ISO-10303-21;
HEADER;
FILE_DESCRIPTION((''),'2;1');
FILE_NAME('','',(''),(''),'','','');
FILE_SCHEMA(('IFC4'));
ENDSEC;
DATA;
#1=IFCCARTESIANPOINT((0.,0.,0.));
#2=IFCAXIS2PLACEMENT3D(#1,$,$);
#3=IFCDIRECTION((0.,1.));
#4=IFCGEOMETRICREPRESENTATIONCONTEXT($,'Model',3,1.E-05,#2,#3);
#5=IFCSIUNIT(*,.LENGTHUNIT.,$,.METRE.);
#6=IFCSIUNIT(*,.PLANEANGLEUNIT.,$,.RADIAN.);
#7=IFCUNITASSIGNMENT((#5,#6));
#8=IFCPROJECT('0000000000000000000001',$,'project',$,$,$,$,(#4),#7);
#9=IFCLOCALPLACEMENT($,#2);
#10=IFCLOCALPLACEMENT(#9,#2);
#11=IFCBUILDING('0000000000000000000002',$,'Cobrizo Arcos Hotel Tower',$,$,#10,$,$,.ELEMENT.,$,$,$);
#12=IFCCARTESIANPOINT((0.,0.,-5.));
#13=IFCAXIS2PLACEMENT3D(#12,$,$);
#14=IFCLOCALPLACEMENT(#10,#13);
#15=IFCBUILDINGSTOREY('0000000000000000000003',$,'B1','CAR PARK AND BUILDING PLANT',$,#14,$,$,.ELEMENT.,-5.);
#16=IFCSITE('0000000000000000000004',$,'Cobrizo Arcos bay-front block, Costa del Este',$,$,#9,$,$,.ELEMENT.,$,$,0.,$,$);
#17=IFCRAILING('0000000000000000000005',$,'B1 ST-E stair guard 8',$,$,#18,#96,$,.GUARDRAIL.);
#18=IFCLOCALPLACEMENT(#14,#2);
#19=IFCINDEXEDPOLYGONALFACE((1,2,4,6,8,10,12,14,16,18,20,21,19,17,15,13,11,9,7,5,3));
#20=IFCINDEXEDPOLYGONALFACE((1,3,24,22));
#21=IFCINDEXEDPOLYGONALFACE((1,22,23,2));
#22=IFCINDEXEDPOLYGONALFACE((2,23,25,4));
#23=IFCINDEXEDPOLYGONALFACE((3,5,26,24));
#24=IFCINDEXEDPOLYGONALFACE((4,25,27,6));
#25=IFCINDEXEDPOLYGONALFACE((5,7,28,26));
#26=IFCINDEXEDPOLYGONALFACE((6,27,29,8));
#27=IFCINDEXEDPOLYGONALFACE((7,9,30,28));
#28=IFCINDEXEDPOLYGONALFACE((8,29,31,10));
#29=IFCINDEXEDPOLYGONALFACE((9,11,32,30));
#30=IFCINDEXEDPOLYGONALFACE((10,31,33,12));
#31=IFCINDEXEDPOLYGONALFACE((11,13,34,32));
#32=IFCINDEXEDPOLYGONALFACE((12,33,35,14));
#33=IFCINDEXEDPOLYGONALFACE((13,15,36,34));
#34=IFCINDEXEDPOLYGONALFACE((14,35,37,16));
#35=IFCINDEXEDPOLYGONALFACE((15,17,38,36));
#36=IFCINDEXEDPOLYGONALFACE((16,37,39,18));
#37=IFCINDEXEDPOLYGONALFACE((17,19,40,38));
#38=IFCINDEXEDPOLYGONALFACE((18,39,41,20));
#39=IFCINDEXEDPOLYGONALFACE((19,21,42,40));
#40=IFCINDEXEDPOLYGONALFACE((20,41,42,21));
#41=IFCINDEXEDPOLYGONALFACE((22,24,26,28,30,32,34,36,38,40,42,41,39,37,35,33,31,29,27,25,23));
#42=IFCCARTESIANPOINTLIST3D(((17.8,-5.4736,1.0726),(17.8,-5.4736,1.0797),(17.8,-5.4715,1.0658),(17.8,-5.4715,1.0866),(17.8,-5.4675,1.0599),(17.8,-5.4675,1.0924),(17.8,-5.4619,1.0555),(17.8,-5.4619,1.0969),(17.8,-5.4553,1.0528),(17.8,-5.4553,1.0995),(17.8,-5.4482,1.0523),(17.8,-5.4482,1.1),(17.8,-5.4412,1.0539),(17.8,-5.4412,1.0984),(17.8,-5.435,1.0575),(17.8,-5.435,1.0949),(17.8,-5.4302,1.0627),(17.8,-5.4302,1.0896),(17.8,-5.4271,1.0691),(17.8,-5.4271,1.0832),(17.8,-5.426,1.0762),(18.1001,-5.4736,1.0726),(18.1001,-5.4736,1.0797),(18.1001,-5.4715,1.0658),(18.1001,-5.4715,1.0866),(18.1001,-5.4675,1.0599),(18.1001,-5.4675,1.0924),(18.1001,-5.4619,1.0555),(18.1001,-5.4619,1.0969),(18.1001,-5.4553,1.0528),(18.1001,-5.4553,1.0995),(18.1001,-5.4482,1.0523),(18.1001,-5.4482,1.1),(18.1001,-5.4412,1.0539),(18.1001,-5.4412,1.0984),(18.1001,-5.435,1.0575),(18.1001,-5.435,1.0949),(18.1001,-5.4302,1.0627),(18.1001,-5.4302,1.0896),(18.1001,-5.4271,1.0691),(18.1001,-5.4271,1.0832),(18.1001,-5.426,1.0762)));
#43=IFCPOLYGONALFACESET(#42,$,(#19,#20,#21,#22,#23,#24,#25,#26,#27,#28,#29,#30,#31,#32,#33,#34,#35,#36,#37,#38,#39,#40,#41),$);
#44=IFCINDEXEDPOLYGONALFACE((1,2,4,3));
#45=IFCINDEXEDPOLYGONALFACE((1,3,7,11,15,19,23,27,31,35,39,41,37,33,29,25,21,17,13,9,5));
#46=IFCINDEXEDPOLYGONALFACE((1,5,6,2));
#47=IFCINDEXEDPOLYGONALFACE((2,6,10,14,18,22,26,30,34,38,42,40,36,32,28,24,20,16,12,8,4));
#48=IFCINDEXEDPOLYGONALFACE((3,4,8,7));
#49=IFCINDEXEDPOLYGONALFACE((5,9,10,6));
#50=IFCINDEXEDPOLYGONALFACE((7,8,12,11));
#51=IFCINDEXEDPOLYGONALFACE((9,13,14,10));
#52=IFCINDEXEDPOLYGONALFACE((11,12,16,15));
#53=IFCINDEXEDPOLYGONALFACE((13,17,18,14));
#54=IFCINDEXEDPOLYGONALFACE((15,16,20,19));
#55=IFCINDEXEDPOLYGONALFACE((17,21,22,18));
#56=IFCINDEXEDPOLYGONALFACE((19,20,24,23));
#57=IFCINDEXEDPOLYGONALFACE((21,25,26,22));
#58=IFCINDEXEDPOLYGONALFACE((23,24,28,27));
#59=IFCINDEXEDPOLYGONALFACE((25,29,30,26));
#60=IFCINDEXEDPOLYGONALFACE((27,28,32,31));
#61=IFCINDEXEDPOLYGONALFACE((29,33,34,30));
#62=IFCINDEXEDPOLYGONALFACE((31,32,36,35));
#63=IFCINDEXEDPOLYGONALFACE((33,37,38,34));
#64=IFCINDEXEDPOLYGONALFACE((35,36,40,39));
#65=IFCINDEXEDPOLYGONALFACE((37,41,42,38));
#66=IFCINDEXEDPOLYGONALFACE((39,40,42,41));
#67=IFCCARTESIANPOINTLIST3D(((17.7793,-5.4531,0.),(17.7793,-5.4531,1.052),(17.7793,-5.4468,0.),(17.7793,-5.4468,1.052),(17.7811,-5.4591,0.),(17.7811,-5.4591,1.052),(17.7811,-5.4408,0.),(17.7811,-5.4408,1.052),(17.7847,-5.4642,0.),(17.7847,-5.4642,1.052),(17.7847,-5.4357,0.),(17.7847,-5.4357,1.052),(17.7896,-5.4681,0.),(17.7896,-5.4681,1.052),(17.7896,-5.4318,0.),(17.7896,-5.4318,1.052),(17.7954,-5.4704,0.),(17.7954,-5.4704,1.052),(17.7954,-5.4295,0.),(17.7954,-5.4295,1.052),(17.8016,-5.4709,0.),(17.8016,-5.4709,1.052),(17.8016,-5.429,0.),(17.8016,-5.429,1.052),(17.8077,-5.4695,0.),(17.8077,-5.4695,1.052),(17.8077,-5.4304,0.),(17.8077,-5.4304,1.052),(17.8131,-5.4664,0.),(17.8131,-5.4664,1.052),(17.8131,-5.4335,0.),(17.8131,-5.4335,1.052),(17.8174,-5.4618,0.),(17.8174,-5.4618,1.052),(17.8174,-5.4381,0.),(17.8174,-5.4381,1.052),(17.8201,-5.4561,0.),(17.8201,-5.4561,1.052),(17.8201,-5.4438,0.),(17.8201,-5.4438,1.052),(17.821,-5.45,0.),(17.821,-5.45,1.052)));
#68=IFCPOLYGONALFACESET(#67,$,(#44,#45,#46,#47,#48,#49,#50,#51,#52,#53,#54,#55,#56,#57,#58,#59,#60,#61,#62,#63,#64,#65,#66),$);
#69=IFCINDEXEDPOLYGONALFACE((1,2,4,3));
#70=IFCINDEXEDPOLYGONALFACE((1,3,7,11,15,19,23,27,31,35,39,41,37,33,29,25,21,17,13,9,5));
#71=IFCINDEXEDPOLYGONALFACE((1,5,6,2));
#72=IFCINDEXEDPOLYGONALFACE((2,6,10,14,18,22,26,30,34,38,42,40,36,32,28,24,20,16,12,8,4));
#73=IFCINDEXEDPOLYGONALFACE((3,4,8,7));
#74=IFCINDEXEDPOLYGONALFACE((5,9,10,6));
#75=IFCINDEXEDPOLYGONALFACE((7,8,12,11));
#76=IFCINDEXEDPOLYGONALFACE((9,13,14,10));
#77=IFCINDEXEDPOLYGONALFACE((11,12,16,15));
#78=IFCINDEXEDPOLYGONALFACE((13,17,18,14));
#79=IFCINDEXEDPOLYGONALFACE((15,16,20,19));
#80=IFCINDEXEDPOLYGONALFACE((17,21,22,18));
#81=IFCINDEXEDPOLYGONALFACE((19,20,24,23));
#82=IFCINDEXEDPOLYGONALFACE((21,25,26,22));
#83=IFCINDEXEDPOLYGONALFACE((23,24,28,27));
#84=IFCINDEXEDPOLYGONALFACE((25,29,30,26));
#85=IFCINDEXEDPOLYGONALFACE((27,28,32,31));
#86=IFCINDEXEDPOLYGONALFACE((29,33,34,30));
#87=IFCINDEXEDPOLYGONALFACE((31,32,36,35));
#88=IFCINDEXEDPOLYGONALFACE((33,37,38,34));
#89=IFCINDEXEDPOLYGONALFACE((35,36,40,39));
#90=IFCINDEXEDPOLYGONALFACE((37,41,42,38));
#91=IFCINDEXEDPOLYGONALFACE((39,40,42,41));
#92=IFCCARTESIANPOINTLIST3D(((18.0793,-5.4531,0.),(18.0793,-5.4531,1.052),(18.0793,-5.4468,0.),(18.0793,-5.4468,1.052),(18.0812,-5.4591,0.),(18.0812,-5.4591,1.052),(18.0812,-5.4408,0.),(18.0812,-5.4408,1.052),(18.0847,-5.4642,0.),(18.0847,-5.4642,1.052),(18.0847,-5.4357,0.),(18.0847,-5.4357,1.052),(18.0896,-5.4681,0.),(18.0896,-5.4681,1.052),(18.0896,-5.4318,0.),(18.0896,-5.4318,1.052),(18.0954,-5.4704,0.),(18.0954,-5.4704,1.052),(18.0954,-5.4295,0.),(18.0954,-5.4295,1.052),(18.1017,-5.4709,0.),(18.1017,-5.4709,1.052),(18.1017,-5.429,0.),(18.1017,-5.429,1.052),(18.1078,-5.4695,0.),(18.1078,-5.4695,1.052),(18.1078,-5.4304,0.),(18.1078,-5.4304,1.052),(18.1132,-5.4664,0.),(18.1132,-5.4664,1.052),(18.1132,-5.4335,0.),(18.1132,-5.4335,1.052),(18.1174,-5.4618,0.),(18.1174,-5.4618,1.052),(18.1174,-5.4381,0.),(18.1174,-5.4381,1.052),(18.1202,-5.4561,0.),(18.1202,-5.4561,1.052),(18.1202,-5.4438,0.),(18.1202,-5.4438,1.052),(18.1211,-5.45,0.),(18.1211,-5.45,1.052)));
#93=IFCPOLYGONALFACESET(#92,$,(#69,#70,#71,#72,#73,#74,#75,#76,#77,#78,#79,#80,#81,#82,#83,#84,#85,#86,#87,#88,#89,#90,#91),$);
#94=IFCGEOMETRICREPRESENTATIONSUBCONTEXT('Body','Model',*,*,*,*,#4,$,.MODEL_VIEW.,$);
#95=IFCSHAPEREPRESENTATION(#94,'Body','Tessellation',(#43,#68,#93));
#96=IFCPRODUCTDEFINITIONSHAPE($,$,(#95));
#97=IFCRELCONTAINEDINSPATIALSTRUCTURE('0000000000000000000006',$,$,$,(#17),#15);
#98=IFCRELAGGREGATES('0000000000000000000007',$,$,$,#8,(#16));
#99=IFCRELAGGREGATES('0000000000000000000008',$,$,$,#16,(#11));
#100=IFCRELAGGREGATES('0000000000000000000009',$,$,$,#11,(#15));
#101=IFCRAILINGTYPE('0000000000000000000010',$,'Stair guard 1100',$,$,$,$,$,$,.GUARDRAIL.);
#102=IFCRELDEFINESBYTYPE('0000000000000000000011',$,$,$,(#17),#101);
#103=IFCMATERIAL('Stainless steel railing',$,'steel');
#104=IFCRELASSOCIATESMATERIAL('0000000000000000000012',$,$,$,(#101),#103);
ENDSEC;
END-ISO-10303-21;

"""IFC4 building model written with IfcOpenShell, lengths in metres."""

from ifc_helpers import new_model, si_unit, direction, frame, origin, origin_2d, place, context, subcontext, project, spatial, circle, extrude, material, type_object, element, save


model = new_model("IFC4")

# Units and contexts
model_context = context("Model", 3, precision=1e-05, world=origin(), true_north=direction((0.0, 1.0)))
body_context = subcontext(model_context, "Body", "Model", "MODEL_VIEW")
ifc_project = project(units=[si_unit("LENGTHUNIT", "METRE"), si_unit("PLANEANGLEUNIT", "RADIAN")], contexts=[model_context])

# Site, building, storey
site_placement = place(None, origin())
site = spatial("IfcSite", under=ifc_project, at=site_placement, Name="Cobrizo Arcos bay-front block, Costa del Este", CompositionType="ELEMENT", RefElevation=0.0)
building_placement = place(site_placement, origin())
building = spatial("IfcBuilding", under=site, at=building_placement, Name="Cobrizo Arcos Hotel Tower", CompositionType="ELEMENT")
storey_placement = place(building_placement, frame((0.0, 0.0, -5.0)))
storey = spatial("IfcBuildingStorey", under=building, at=storey_placement, Name="B1", Description="CAR PARK AND BUILDING PLANT", CompositionType="ELEMENT", Elevation=-5.0)

# Railing
ifc_material_1 = material(Name="Stainless steel railing", Category="steel")
railing_type_1 = type_object("IfcRailingType", Name="Stair guard 1100", PredefinedType="GUARDRAIL", material=ifc_material_1)
railing_1_placement = place(storey_placement, frame((17.8, -5.45, 0.0)))
element("IfcRailing", 1, at=railing_1_placement, inside=storey, type_object=railing_type_1, Name="B1 ST-E stair guard 8", PredefinedType="GUARDRAIL", context=body_context, shape_type="SweptSolid", body=[
    extrude(circle(Radius=0.0239, at=origin_2d()), frame((0.0, 0.0, 1.0762), z_axis=(1.0, 0.0, 0.0), x_axis=(0.0, 1.0, 0.0)), (0.0, 0.0, 1.0), 0.3),
    extrude(circle(Radius=0.021, at=origin_2d()), origin(), (0.0, 0.0, 1.0), 1.052),
    extrude(circle(Radius=0.021, at=origin_2d()), frame((0.3, 0.0, 0.0)), (0.0, 0.0, 1.0), 1.052),
])

save(model, "model.ifc")
